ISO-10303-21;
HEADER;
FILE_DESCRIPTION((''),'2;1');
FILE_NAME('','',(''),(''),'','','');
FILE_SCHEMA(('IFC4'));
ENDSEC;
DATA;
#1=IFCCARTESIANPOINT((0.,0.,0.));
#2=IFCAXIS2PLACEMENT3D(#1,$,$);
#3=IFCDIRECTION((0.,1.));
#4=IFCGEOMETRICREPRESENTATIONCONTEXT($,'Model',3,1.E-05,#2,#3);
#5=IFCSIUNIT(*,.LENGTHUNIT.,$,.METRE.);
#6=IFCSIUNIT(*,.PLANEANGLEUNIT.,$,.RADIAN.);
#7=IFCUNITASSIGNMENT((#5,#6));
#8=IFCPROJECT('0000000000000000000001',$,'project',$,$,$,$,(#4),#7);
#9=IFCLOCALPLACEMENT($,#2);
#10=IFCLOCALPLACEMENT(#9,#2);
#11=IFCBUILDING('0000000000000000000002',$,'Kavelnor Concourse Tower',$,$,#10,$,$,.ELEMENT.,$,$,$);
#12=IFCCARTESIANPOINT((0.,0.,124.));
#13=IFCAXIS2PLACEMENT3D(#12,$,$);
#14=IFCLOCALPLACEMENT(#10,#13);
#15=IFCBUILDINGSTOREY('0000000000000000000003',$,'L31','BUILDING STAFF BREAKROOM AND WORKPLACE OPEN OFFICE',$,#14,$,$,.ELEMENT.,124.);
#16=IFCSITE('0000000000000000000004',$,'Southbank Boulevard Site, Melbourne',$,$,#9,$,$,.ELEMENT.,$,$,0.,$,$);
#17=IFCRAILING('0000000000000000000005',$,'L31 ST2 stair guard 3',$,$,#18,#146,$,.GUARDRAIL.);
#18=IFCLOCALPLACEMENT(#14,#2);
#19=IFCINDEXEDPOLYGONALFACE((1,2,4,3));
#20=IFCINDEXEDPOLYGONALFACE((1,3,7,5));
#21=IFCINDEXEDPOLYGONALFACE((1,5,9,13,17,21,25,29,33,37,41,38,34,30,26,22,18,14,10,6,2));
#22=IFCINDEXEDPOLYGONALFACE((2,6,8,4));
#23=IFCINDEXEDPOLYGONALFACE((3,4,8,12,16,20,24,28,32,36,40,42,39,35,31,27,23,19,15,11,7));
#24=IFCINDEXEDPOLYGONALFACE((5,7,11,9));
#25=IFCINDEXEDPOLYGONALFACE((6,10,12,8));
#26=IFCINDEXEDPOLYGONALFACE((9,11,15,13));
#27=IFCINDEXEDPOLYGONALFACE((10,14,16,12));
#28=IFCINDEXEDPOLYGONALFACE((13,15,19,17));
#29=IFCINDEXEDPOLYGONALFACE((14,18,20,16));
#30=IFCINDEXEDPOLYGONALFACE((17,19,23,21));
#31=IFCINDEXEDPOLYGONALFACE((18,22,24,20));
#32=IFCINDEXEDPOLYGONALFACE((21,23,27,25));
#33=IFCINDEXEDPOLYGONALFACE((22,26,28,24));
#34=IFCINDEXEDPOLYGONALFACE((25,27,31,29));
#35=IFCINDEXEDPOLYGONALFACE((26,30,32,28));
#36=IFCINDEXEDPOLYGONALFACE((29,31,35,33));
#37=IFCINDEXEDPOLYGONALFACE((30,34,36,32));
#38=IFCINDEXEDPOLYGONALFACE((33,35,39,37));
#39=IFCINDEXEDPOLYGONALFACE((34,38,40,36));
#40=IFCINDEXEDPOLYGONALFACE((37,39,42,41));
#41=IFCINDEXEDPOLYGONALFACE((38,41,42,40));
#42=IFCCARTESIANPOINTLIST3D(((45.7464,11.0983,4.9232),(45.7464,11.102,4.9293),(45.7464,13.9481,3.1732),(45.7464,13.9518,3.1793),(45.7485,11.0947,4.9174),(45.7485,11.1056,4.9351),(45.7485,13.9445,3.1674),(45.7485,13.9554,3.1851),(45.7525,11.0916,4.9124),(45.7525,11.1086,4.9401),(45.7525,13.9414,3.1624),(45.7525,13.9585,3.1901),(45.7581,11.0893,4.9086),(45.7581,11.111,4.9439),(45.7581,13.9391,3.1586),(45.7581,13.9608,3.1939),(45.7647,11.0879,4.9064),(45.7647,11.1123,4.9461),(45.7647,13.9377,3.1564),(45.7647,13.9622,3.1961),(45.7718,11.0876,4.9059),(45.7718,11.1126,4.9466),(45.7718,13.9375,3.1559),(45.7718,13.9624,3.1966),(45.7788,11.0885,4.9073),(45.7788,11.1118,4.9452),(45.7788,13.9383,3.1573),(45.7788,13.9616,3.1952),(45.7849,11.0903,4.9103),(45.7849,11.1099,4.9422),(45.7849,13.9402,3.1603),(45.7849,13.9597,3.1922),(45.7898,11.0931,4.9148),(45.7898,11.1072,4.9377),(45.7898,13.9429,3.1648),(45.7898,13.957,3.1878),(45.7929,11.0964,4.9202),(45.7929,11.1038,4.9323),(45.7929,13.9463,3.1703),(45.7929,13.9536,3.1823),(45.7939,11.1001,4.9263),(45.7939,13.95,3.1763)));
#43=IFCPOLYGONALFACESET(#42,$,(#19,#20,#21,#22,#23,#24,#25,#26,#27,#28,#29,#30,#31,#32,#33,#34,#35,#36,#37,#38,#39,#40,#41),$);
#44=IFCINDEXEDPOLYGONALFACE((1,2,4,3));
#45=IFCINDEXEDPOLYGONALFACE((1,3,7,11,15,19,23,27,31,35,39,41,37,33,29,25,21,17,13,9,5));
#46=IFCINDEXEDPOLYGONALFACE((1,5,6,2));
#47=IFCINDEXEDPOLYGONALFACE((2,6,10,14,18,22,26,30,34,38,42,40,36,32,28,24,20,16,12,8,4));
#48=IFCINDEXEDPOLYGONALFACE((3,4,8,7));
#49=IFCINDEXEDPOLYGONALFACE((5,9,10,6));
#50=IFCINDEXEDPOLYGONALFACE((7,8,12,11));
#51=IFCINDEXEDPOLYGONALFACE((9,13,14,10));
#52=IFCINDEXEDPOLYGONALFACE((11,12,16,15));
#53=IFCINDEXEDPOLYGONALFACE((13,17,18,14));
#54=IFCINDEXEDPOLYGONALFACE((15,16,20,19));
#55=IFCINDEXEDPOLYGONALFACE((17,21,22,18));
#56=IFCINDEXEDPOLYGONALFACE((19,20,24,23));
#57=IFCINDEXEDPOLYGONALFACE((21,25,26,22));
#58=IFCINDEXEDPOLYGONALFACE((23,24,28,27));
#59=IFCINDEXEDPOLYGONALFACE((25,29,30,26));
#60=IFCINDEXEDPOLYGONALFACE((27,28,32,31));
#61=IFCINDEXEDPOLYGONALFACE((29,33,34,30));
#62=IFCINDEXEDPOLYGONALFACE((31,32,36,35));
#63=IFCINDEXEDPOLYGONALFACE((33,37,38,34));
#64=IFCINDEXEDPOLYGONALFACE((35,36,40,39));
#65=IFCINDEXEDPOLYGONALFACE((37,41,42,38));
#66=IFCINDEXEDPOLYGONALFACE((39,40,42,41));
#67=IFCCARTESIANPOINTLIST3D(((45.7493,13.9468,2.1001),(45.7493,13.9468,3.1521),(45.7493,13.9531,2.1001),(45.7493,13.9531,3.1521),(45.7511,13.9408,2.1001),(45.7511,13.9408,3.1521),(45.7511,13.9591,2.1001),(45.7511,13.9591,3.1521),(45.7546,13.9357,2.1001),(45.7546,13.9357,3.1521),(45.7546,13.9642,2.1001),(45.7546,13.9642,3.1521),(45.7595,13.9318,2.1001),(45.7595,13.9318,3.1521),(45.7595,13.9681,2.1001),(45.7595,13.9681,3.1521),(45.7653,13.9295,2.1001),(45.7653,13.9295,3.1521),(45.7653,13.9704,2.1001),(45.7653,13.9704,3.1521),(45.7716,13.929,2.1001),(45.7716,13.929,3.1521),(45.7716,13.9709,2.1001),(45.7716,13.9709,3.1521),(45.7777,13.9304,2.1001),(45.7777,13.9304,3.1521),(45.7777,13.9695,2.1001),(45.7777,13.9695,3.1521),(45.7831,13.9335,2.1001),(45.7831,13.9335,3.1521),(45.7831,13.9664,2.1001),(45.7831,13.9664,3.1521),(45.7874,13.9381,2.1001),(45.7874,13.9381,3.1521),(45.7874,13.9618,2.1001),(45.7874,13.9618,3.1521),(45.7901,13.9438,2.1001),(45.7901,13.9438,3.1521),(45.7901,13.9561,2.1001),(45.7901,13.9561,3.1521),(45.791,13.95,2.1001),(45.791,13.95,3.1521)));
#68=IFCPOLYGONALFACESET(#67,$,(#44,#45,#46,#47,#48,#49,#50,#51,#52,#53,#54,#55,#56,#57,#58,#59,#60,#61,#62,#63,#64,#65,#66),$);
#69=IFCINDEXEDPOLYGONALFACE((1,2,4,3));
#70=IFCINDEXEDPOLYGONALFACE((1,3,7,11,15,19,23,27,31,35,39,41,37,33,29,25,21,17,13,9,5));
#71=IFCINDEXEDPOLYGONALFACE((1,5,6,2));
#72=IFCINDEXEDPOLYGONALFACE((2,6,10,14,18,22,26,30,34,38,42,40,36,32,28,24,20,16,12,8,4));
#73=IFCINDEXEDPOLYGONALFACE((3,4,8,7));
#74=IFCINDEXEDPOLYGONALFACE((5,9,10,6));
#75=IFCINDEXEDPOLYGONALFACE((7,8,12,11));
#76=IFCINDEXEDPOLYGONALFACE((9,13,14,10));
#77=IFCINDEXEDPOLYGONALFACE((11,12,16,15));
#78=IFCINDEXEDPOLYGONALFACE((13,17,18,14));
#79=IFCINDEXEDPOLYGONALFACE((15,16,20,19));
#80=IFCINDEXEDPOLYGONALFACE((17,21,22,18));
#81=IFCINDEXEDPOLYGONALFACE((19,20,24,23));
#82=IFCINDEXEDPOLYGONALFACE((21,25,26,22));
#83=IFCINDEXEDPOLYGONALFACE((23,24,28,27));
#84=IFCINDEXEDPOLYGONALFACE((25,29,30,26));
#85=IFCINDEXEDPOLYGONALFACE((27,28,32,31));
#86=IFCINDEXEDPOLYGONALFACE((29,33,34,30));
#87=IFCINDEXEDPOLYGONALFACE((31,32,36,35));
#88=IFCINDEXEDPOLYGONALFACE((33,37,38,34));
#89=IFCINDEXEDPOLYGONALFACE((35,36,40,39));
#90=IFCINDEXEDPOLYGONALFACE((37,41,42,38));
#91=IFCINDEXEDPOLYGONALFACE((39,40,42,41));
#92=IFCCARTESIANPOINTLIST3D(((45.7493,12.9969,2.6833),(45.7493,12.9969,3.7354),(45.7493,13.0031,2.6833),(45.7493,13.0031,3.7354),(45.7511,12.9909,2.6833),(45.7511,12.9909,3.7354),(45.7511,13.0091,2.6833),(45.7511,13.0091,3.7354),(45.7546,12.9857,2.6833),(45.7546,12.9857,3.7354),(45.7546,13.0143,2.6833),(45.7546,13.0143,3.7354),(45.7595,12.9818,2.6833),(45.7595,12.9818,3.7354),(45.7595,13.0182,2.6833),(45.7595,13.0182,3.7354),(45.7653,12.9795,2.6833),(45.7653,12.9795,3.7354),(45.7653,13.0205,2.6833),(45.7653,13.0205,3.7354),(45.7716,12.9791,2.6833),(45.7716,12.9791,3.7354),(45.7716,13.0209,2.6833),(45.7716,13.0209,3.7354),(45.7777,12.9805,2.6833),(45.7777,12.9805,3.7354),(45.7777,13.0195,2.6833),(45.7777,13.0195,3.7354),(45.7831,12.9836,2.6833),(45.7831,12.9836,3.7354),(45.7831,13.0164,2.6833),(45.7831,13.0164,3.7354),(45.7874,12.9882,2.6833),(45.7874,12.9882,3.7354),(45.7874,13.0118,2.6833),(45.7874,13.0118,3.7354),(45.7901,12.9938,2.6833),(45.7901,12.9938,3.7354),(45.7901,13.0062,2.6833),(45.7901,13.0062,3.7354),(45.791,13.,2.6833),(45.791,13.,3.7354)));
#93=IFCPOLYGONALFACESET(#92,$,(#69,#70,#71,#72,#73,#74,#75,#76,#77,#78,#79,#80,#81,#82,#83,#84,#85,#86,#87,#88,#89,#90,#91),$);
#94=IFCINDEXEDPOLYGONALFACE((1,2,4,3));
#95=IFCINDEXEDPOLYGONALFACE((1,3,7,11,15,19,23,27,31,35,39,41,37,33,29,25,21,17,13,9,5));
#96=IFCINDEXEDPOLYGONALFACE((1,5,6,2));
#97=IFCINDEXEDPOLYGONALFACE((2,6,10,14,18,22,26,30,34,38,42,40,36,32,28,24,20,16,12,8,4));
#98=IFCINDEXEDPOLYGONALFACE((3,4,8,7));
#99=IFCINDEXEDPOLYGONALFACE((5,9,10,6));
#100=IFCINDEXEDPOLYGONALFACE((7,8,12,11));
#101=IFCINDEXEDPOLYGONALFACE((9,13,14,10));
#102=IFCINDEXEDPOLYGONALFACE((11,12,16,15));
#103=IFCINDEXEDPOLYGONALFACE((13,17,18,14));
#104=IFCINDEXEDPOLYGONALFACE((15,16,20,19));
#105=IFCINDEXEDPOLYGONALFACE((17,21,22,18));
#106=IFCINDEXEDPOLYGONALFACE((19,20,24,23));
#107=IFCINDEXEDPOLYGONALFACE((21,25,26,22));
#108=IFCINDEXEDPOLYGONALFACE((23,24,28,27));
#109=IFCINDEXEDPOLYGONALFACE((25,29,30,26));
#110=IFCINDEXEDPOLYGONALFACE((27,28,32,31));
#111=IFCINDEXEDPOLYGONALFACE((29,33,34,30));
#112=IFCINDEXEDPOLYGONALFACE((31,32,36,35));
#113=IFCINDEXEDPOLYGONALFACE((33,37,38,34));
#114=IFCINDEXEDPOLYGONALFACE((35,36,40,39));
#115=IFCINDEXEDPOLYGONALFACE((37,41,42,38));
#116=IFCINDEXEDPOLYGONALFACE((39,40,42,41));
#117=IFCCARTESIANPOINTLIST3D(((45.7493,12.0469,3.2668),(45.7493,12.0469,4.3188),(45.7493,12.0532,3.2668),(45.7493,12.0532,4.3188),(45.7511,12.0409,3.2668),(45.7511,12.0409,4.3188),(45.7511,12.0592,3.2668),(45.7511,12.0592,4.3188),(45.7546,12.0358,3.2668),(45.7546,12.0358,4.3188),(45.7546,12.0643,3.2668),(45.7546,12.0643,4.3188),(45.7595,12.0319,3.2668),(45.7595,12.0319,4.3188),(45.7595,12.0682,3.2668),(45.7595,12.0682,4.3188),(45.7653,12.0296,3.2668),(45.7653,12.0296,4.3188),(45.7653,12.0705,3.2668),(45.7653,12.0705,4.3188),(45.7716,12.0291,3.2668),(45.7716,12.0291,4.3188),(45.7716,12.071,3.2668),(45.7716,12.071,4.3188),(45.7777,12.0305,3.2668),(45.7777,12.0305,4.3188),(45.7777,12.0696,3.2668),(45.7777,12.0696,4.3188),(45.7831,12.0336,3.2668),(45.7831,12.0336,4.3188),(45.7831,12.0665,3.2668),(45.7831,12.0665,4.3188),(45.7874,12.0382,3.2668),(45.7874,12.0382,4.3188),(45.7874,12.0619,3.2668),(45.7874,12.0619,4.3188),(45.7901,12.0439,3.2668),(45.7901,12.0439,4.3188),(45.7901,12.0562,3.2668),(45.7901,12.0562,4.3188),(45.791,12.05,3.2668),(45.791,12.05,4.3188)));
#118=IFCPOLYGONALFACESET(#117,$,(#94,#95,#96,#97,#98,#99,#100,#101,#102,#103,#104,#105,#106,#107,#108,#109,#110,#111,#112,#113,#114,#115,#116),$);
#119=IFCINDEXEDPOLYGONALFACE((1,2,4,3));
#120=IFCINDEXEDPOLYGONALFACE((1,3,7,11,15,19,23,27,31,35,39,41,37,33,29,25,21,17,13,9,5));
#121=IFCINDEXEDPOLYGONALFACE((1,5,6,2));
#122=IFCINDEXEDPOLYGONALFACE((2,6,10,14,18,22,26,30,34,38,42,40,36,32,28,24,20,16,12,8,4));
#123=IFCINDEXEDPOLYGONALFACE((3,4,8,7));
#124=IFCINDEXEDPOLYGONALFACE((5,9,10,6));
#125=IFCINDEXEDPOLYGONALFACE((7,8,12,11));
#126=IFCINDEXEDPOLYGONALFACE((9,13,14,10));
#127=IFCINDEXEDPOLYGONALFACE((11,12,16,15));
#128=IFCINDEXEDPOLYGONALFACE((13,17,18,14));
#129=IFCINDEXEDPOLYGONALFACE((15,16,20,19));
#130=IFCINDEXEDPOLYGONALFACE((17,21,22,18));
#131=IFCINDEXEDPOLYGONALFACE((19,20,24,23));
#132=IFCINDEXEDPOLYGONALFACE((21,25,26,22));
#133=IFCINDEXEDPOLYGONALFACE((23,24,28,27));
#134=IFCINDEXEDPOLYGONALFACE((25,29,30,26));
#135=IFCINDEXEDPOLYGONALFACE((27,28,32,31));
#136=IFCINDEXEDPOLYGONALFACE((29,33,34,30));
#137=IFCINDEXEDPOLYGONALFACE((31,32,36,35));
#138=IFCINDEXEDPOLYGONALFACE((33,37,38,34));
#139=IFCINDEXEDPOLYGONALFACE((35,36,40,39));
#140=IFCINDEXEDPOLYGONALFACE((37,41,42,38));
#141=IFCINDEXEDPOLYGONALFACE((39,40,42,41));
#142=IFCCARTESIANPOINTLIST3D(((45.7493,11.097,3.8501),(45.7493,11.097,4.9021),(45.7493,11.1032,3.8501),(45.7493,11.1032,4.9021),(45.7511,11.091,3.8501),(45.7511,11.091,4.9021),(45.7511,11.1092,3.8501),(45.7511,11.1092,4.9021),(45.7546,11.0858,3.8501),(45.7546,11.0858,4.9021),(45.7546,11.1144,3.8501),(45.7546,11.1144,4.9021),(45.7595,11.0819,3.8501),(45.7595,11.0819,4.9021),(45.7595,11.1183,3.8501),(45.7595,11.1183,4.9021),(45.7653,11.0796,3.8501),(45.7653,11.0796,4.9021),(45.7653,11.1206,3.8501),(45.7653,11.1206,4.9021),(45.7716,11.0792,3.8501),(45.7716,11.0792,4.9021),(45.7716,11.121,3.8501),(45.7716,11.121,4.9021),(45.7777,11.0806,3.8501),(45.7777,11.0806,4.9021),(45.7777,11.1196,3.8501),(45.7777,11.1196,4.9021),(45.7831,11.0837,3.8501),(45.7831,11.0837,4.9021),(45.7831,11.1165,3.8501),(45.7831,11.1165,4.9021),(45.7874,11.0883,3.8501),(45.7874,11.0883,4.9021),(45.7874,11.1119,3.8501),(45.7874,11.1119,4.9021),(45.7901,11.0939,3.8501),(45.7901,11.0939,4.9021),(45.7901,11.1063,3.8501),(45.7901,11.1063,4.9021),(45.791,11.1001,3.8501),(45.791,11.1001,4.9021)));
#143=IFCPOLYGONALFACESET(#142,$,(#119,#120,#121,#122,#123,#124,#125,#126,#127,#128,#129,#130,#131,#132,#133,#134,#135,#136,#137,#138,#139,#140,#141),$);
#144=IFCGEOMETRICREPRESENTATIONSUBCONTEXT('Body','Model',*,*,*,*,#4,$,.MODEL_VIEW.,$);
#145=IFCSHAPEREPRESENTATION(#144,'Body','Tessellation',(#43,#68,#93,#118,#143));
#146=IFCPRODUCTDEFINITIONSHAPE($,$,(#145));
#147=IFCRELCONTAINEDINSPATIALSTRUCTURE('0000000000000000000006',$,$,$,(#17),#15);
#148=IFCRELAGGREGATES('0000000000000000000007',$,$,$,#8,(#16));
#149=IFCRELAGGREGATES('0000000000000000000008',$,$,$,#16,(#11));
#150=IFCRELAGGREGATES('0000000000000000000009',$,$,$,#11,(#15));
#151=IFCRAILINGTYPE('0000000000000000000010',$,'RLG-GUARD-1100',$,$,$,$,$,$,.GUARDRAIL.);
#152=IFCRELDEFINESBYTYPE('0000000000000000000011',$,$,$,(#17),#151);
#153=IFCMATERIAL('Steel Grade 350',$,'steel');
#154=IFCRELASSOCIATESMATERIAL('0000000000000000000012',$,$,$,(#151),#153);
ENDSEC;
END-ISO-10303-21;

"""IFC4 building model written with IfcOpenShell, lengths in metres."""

from ifc_helpers import new_model, si_unit, direction, frame, origin, origin_2d, place, context, subcontext, project, spatial, circle, extrude, material, type_object, element, save


model = new_model("IFC4")

# Units and contexts
model_context = context("Model", 3, precision=1e-05, world=origin(), true_north=direction((0.0, 1.0)))
body_context = subcontext(model_context, "Body", "Model", "MODEL_VIEW")
ifc_project = project(units=[si_unit("LENGTHUNIT", "METRE"), si_unit("PLANEANGLEUNIT", "RADIAN")], contexts=[model_context])

# Site, building, storey
site_placement = place(None, origin())
site = spatial("IfcSite", under=ifc_project, at=site_placement, Name="Southbank Boulevard Site, Melbourne", CompositionType="ELEMENT", RefElevation=0.0)
building_placement = place(site_placement, origin())
building = spatial("IfcBuilding", under=site, at=building_placement, Name="Kavelnor Concourse Tower", CompositionType="ELEMENT")
storey_placement = place(building_placement, frame((0.0, 0.0, 124.0)))
storey = spatial("IfcBuildingStorey", under=building, at=storey_placement, Name="L31", Description="BUILDING STAFF BREAKROOM AND WORKPLACE OPEN OFFICE", CompositionType="ELEMENT", Elevation=124.0)

# Shared definitions
ifc_material_1 = material(Name="Steel Grade 350", Category="steel")

# Railing
railing_type_1 = type_object("IfcRailingType", Name="RLG-GUARD-1100", PredefinedType="GUARDRAIL", material=ifc_material_1)
railing_1_placement = place(storey_placement, frame((45.77, 13.95, 2.1001)))
element("IfcRailing", 1, at=railing_1_placement, inside=storey, type_object=railing_type_1, Name="L31 ST2 stair guard 3", PredefinedType="GUARDRAIL", context=body_context, shape_type="SweptSolid", body=[
    extrude(circle(Radius=0.0239, at=origin_2d()), frame((0.0, 0.0, 1.0762), z_axis=(0.0, -0.852159, 0.523283), x_axis=(1.0, 0.0, 0.0)), (0.0, 0.0, 1.0), 3.3442),
    extrude(circle(Radius=0.021, at=origin_2d()), origin(), (0.0, 0.0, 1.0), 1.052),
    extrude(circle(Radius=0.021, at=origin_2d()), frame((0.0, -0.95, 0.5833)), (0.0, 0.0, 1.0), 1.052),
    extrude(circle(Radius=0.021, at=origin_2d()), frame((0.0, -1.8999, 1.1667)), (0.0, 0.0, 1.0), 1.052),
    extrude(circle(Radius=0.021, at=origin_2d()), frame((0.0, -2.8499, 1.75)), (0.0, 0.0, 1.0), 1.052),
])

save(model, "model.ifc")
